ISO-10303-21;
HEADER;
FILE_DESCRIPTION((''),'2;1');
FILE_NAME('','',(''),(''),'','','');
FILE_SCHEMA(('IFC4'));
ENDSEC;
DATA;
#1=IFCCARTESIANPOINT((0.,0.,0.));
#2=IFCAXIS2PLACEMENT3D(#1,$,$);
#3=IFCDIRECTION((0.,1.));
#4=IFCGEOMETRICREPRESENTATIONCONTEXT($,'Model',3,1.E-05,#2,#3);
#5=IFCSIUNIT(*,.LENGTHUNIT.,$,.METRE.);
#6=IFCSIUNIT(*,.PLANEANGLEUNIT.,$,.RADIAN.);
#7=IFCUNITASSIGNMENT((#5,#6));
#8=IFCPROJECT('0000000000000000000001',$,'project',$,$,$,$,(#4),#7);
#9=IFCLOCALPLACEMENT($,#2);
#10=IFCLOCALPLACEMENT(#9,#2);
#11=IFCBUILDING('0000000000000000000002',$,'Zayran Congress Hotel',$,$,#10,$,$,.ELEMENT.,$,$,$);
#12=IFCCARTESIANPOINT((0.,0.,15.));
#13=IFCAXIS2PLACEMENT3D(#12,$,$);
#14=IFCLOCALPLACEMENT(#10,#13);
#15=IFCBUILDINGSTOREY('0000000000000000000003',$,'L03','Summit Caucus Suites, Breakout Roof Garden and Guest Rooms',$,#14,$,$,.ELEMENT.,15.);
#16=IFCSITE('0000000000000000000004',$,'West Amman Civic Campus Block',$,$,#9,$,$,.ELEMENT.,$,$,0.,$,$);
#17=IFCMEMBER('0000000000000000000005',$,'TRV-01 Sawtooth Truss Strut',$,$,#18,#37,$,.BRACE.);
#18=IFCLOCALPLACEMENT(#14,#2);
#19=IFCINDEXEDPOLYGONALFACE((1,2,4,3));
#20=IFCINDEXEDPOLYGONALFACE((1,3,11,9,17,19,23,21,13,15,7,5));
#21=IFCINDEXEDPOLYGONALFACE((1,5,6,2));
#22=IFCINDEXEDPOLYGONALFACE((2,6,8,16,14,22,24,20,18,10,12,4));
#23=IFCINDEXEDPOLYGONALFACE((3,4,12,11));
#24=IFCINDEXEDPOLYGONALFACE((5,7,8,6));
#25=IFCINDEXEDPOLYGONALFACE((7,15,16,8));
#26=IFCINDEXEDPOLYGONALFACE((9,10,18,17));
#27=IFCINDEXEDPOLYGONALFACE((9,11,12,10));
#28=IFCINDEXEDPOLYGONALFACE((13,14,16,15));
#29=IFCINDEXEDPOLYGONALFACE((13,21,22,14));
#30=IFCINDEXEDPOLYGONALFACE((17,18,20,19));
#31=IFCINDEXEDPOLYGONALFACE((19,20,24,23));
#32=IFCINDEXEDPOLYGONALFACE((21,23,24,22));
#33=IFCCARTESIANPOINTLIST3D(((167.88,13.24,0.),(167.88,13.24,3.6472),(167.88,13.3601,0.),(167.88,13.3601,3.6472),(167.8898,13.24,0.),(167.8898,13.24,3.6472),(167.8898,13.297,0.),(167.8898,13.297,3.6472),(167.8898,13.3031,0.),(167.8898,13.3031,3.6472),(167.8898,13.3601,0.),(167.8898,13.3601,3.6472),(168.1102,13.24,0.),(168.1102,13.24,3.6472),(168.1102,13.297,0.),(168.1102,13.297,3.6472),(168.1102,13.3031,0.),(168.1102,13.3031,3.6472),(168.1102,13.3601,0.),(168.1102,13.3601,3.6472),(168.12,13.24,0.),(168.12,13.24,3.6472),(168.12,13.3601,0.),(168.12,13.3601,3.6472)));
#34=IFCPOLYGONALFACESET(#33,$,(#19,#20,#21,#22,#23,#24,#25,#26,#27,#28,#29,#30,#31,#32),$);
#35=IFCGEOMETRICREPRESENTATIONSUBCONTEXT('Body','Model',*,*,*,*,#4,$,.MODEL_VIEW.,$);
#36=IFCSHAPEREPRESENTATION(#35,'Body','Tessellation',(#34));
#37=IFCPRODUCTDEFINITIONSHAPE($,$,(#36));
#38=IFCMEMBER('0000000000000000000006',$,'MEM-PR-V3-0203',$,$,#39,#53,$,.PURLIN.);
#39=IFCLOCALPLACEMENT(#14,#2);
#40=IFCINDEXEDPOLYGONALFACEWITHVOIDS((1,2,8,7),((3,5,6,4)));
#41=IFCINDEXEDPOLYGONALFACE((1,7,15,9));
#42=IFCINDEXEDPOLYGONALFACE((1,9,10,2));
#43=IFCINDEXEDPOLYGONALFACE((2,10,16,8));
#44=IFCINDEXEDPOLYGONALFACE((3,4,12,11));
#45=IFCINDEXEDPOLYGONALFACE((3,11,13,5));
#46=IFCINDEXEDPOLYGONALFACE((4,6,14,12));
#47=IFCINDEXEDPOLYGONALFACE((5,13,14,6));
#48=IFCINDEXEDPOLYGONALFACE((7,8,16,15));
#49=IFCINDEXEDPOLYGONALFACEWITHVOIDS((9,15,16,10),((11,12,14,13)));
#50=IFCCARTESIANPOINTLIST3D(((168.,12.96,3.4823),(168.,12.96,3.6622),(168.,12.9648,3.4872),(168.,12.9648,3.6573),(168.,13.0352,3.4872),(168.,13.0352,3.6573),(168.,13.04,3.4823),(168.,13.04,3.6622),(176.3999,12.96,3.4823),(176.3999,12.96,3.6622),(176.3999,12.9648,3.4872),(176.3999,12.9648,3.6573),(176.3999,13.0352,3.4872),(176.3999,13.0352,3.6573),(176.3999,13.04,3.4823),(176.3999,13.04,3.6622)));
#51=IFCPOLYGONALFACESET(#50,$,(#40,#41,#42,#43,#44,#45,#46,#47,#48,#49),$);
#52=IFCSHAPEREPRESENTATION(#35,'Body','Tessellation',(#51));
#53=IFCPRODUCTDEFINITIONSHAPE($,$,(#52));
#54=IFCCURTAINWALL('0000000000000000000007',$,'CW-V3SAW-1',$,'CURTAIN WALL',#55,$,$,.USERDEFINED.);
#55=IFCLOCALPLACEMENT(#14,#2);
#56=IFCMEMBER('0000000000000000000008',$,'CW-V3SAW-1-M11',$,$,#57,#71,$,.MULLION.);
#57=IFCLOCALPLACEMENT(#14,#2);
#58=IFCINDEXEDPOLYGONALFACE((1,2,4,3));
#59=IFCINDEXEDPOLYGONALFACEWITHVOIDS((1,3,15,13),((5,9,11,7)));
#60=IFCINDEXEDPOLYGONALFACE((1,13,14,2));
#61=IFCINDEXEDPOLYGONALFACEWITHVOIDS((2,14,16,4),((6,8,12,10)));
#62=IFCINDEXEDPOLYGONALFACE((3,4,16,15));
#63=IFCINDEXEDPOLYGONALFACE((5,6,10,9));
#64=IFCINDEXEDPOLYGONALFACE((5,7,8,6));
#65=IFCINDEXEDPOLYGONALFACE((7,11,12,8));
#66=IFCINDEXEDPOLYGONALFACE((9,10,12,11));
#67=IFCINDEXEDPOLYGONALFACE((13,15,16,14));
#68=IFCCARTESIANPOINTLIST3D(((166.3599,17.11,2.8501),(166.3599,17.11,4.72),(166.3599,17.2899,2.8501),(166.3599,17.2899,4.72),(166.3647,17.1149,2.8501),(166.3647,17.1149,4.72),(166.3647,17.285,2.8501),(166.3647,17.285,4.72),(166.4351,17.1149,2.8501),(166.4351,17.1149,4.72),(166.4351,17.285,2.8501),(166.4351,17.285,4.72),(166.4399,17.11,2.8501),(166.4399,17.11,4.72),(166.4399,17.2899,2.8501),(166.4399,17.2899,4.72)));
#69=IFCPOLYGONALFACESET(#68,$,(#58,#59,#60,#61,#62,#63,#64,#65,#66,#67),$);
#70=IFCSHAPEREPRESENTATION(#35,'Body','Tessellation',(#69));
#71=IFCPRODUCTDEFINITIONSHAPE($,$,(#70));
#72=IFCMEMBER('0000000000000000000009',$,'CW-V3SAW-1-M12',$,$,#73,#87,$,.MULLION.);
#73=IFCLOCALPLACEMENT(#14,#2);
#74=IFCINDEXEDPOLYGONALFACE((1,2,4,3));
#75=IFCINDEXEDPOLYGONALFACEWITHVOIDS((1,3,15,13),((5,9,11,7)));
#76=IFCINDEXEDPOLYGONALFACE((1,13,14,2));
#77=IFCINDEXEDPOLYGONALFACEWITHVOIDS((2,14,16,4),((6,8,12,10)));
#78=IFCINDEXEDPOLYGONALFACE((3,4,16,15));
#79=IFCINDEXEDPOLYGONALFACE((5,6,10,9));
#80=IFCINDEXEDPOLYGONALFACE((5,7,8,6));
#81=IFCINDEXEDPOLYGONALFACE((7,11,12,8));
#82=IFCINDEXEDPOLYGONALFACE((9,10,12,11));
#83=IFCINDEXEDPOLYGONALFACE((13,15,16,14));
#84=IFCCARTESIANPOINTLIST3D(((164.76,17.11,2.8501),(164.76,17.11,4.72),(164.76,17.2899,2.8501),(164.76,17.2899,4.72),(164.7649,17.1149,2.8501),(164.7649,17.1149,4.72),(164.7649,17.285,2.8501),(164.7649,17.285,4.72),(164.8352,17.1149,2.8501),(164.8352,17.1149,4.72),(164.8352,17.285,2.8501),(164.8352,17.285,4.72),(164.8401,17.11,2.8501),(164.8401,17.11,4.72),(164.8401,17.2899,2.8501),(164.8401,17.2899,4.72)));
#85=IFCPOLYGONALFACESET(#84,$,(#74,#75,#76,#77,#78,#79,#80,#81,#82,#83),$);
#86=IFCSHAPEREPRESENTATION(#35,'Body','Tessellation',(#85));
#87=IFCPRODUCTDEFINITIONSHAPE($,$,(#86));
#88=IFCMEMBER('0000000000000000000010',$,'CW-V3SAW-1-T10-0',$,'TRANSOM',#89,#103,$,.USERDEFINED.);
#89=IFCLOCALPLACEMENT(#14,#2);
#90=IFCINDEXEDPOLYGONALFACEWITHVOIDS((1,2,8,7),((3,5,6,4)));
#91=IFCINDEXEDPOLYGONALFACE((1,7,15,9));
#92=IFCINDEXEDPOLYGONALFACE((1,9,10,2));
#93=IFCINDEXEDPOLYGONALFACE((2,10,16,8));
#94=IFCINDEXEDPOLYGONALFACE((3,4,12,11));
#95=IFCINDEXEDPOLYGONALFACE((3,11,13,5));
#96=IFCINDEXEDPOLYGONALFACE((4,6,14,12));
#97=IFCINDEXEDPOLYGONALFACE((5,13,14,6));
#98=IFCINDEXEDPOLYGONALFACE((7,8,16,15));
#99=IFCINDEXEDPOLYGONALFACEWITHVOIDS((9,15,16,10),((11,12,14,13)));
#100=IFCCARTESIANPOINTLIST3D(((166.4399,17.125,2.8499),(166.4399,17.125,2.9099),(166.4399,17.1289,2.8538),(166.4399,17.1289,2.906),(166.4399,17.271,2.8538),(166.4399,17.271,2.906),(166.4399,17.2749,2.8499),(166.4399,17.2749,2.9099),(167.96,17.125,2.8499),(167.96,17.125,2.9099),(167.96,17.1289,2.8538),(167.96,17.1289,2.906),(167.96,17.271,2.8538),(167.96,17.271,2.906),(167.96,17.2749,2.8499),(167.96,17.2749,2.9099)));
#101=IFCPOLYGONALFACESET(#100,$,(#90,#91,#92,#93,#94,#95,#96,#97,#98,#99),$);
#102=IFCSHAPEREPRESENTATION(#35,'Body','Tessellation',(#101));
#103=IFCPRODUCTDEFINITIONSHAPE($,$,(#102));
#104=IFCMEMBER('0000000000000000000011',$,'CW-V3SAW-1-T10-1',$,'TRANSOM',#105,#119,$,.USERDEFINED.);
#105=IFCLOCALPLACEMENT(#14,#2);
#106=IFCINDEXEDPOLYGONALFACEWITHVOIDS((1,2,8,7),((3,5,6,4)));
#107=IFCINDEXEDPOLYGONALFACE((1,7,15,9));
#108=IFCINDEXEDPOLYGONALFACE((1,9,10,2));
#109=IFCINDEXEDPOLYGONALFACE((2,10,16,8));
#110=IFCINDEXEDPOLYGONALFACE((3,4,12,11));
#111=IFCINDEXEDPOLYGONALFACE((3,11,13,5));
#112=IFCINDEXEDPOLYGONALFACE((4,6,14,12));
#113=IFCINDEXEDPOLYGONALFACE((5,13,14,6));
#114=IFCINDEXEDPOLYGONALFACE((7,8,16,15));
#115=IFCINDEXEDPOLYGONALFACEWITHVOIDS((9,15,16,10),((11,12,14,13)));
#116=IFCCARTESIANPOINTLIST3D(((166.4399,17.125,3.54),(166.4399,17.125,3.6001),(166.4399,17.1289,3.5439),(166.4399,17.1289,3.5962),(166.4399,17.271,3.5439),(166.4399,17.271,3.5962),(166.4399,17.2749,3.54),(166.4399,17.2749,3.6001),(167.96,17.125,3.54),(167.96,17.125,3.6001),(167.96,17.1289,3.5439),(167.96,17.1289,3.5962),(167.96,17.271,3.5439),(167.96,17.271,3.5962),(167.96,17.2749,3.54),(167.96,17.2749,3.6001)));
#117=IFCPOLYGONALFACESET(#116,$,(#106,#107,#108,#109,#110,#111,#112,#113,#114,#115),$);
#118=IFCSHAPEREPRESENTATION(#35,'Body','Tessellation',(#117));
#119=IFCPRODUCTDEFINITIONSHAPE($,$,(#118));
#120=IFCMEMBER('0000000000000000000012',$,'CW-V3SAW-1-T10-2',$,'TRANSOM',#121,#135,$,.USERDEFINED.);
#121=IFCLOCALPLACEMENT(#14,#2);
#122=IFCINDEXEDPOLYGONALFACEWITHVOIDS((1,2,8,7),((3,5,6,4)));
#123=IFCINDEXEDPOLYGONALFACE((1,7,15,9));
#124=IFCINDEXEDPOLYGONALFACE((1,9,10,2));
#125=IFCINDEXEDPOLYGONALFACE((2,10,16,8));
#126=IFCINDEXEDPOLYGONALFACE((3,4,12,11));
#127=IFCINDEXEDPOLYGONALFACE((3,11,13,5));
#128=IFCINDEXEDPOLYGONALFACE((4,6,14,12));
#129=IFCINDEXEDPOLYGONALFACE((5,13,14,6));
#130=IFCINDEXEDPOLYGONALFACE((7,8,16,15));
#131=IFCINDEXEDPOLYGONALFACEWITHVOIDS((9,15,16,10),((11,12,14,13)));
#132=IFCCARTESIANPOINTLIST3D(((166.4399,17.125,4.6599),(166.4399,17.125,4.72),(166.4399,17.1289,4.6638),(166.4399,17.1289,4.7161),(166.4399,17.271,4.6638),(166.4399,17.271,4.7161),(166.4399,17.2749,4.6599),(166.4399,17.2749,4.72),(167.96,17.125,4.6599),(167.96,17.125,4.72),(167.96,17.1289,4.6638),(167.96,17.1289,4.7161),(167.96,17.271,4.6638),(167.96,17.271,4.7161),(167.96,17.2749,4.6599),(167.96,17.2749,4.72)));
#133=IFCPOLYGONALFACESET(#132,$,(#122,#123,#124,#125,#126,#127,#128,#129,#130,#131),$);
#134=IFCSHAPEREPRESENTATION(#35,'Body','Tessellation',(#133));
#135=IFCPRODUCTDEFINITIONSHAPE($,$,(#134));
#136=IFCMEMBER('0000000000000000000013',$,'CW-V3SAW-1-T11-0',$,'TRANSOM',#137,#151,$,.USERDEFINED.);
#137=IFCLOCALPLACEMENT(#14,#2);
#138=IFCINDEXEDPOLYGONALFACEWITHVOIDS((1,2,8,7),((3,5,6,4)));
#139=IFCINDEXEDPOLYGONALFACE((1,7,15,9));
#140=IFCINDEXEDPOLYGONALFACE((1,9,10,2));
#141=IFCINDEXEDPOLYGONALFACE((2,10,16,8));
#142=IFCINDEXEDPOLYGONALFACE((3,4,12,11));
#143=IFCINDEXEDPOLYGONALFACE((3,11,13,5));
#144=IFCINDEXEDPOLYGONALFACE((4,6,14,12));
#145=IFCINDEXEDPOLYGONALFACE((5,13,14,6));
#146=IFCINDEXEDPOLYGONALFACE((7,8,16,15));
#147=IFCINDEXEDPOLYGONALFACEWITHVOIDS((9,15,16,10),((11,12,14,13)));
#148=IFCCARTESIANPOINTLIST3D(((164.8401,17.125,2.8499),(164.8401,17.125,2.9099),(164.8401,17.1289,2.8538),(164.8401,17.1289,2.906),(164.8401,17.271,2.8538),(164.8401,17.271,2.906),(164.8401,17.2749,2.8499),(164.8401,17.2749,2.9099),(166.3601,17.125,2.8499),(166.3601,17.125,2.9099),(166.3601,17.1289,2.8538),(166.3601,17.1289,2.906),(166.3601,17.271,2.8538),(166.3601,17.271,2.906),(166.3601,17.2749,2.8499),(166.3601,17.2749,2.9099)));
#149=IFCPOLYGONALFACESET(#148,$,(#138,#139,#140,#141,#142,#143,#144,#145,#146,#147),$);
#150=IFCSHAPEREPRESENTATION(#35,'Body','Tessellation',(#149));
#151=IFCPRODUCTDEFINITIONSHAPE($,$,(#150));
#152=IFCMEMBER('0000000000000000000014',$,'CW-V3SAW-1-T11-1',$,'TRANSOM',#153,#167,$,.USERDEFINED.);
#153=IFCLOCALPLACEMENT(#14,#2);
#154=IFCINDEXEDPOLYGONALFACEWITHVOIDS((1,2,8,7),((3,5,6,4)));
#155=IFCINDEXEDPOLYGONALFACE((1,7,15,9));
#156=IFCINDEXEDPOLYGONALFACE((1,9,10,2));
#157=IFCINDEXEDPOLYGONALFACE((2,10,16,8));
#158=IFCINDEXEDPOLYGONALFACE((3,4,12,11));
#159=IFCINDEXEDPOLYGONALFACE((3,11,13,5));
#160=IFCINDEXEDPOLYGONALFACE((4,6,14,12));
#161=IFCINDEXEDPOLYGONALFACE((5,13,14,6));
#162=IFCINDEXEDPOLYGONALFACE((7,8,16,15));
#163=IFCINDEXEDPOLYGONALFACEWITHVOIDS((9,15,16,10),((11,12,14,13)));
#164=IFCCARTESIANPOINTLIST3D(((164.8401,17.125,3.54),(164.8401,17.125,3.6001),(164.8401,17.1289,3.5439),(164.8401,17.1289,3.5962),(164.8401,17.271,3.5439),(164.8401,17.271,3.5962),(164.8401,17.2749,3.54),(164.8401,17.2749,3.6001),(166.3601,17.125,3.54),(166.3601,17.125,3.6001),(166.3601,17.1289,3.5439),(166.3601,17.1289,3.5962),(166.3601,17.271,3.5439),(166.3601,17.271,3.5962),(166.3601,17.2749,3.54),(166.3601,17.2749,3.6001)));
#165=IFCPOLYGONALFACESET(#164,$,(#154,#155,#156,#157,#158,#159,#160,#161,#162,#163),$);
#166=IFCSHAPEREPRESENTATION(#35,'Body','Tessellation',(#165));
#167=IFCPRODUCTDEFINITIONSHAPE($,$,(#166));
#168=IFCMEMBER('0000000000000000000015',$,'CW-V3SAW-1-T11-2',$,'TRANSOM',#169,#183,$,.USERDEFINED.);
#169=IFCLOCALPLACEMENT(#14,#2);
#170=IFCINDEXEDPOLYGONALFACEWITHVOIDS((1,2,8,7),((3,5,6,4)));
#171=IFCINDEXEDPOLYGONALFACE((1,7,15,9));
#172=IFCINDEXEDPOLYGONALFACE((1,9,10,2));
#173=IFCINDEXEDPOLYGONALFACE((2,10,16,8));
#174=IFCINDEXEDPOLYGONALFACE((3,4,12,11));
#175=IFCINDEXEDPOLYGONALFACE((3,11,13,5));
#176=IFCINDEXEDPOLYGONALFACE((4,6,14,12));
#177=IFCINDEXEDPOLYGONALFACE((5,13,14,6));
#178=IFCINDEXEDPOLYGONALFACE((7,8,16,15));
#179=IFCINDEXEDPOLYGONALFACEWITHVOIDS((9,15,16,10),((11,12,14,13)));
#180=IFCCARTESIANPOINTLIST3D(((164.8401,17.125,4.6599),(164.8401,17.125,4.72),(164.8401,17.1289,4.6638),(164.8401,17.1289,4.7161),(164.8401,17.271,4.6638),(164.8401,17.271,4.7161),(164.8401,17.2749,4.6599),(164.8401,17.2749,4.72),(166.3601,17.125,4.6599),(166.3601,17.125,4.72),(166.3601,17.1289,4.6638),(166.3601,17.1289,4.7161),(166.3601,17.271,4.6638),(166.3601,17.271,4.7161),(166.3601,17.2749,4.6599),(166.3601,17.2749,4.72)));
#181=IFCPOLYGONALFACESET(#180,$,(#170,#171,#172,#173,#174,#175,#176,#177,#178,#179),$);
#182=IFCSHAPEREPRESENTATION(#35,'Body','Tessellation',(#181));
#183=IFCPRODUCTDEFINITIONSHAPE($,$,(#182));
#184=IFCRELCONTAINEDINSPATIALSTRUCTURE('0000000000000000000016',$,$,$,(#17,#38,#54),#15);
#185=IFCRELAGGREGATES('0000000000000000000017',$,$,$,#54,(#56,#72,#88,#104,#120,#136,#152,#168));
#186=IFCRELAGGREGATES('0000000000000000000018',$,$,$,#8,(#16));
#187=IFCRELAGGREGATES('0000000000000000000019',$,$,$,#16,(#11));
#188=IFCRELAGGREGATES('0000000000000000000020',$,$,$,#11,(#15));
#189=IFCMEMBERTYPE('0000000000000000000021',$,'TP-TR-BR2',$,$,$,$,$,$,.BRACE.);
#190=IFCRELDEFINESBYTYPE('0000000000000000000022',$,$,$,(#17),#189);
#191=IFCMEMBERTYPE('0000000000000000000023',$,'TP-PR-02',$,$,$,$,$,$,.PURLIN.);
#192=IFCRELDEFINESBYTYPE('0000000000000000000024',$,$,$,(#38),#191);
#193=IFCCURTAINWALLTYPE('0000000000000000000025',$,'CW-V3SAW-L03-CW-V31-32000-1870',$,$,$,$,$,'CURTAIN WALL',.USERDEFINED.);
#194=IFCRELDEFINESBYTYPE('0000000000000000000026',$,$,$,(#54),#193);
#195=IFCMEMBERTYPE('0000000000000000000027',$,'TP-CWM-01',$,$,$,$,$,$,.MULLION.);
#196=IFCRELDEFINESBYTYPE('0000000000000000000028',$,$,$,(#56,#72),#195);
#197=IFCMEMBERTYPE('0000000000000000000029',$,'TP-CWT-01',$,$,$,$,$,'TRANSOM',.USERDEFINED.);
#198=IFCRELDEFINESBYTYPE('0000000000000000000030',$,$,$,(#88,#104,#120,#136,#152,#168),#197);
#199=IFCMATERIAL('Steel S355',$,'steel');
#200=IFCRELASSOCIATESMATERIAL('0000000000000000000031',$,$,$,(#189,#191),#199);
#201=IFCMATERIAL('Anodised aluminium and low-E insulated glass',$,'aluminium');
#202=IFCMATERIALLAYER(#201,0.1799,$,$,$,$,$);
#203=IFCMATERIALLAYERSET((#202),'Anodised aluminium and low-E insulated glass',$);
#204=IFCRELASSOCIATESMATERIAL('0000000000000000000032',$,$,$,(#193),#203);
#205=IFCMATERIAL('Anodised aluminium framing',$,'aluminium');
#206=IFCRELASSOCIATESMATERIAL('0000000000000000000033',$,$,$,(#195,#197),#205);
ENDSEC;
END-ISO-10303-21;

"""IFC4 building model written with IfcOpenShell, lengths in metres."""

from ifc_helpers import new_model, si_unit, direction, frame, origin, origin_2d, place, context, subcontext, project, spatial, hollow_rectangle, i_section, extrude, material, layer, layer_set, material_profile, profile_set, type_object, element, aggregate, save


model = new_model("IFC4")

# Units and contexts
model_context = context("Model", 3, precision=1e-05, world=origin(), true_north=direction((0.0, 1.0)))
body_context = subcontext(model_context, "Body", "Model", "MODEL_VIEW")
ifc_project = project(units=[si_unit("LENGTHUNIT", "METRE"), si_unit("PLANEANGLEUNIT", "RADIAN")], contexts=[model_context])

# Site, building, storey
site_placement = place(None, origin())
site = spatial("IfcSite", under=ifc_project, at=site_placement, Name="West Amman Civic Campus Block", CompositionType="ELEMENT", RefElevation=0.0)
building_placement = place(site_placement, origin())
building = spatial("IfcBuilding", under=site, at=building_placement, Name="Zayran Congress Hotel", CompositionType="ELEMENT")
storey_placement = place(building_placement, frame((0.0, 0.0, 15.0)))
storey = spatial("IfcBuildingStorey", under=building, at=storey_placement, Name="L03", Description="Summit Caucus Suites, Breakout Roof Garden and Guest Rooms", CompositionType="ELEMENT", Elevation=15.0)

# Shared definitions
ifc_material_1 = material(Name="Steel S355", Category="steel")

# Members
ifc_material_profile_1 = material_profile(ifc_material_1, i_section(OverallWidth=0.1201, OverallDepth=0.24, WebThickness=0.0061, FlangeThickness=0.0098, at=origin_2d()), Name="IPE 240")
ifc_profile_set_1 = profile_set([ifc_material_profile_1], Name="Steel S355")
member_type_1 = type_object("IfcMemberType", Name="TP-TR-BR2", PredefinedType="BRACE", material=ifc_profile_set_1)
member_1_placement = place(storey_placement, frame((168.0, 13.3, 0.0), z_axis=(0.0, 0.0, 1.0), x_axis=(0.0, 1.0, 0.0)))
element("IfcMember", 1, at=member_1_placement, inside=storey, type_object=member_type_1, Name="TRV-01 Sawtooth Truss Strut", PredefinedType="BRACE", context=body_context, shape_type="SweptSolid", body=[
    extrude(i_section(OverallWidth=0.1201, OverallDepth=0.24, WebThickness=0.0061, FlangeThickness=0.0098, at=origin_2d()), origin(), (0.0, 0.0, 1.0), 3.6472),
])
ifc_material_profile_2 = material_profile(ifc_material_1, hollow_rectangle(XDim=0.0801, YDim=0.1799, WallThickness=0.0049, at=origin_2d()), Name="RHS 180x80x5")
ifc_profile_set_2 = profile_set([ifc_material_profile_2], Name="Steel S355")
member_type_2 = type_object("IfcMemberType", Name="TP-PR-02", PredefinedType="PURLIN", material=ifc_profile_set_2)
member_2_placement = place(storey_placement, frame((168.0, 13.0, 3.5723), z_axis=(1.0, 0.0, 0.0), x_axis=(0.0, 1.0, 0.0)))
element("IfcMember", 2, at=member_2_placement, inside=storey, type_object=member_type_2, Name="MEM-PR-V3-0203", PredefinedType="PURLIN", context=body_context, shape_type="SweptSolid", body=[
    extrude(hollow_rectangle(XDim=0.0801, YDim=0.1799, WallThickness=0.0049, at=origin_2d()), origin(), (0.0, 0.0, 1.0), 8.3999),
])

# Curtain wall, members
ifc_material_2 = material(Name="Anodised aluminium and low-E insulated glass", Category="aluminium")
ifc_layer_1 = layer(ifc_material_2, 0.1799)
ifc_layer_set_1 = layer_set([ifc_layer_1], Name="Anodised aluminium and low-E insulated glass")
curtain_wall_type = type_object("IfcCurtainWallType", Name="CW-V3SAW-L03-CW-V31-32000-1870", ElementType="CURTAIN WALL", PredefinedType="USERDEFINED", material=ifc_layer_set_1)
curtain_wall_placement = place(storey_placement, origin())
curtain_wall = element("IfcCurtainWall", 3, at=curtain_wall_placement, inside=storey, type_object=curtain_wall_type, Name="CW-V3SAW-1", ObjectType="CURTAIN WALL", PredefinedType="USERDEFINED")
ifc_material_3 = material(Name="Anodised aluminium framing", Category="aluminium")
ifc_material_profile_3 = material_profile(ifc_material_3, hollow_rectangle(XDim=0.0801, YDim=0.1799, WallThickness=0.0049, at=origin_2d()), Name="RHS 180x80x5")
ifc_profile_set_3 = profile_set([ifc_material_profile_3], Name="Anodised aluminium framing")
member_type_3 = type_object("IfcMemberType", Name="TP-CWM-01", PredefinedType="MULLION", material=ifc_profile_set_3)
member_3_placement = place(storey_placement, frame((166.3999, 17.2, 2.8501), z_axis=(0.0, 0.0, 1.0), x_axis=(1.0, 0.0, 0.0)))
member_3 = element("IfcMember", 4, at=member_3_placement, type_object=member_type_3, Name="CW-V3SAW-1-M11", PredefinedType="MULLION", context=body_context, shape_type="SweptSolid", body=[
    extrude(hollow_rectangle(XDim=0.0801, YDim=0.1799, WallThickness=0.0049, at=origin_2d()), origin(), (0.0, 0.0, 1.0), 1.8699),
])
member_4_placement = place(storey_placement, frame((164.8, 17.2, 2.8501), z_axis=(0.0, 0.0, 1.0), x_axis=(1.0, 0.0, 0.0)))
member_4 = element("IfcMember", 5, at=member_4_placement, type_object=member_type_3, Name="CW-V3SAW-1-M12", PredefinedType="MULLION", context=body_context, shape_type="SweptSolid", body=[
    extrude(hollow_rectangle(XDim=0.0801, YDim=0.1799, WallThickness=0.0049, at=origin_2d()), origin(), (0.0, 0.0, 1.0), 1.8699),
])
ifc_material_profile_4 = material_profile(ifc_material_3, hollow_rectangle(XDim=0.0601, YDim=0.1499, WallThickness=0.0039, at=origin_2d()), Name="RHS 150x60x4")
ifc_profile_set_4 = profile_set([ifc_material_profile_4], Name="Anodised aluminium framing")
member_type_4 = type_object("IfcMemberType", Name="TP-CWT-01", ElementType="TRANSOM", PredefinedType="USERDEFINED", material=ifc_profile_set_4)
member_5_placement = place(storey_placement, frame((167.96, 17.2, 2.8799), z_axis=(-1.0, 0.0, 0.0), x_axis=(0.0, 0.0, 1.0)))
member_5 = element("IfcMember", 6, at=member_5_placement, type_object=member_type_4, Name="CW-V3SAW-1-T10-0", ObjectType="TRANSOM", PredefinedType="USERDEFINED", context=body_context, shape_type="SweptSolid", body=[
    extrude(hollow_rectangle(XDim=0.0601, YDim=0.1499, WallThickness=0.0039, at=origin_2d()), origin(), (0.0, 0.0, 1.0), 1.52),
])
member_6_placement = place(storey_placement, frame((167.96, 17.2, 3.5701), z_axis=(-1.0, 0.0, 0.0), x_axis=(0.0, 0.0, 1.0)))
member_6 = element("IfcMember", 7, at=member_6_placement, type_object=member_type_4, Name="CW-V3SAW-1-T10-1", ObjectType="TRANSOM", PredefinedType="USERDEFINED", context=body_context, shape_type="SweptSolid", body=[
    extrude(hollow_rectangle(XDim=0.0601, YDim=0.1499, WallThickness=0.0039, at=origin_2d()), origin(), (0.0, 0.0, 1.0), 1.52),
])
member_7_placement = place(storey_placement, frame((167.96, 17.2, 4.6899), z_axis=(-1.0, 0.0, 0.0), x_axis=(0.0, 0.0, 1.0)))
member_7 = element("IfcMember", 8, at=member_7_placement, type_object=member_type_4, Name="CW-V3SAW-1-T10-2", ObjectType="TRANSOM", PredefinedType="USERDEFINED", context=body_context, shape_type="SweptSolid", body=[
    extrude(hollow_rectangle(XDim=0.0601, YDim=0.1499, WallThickness=0.0039, at=origin_2d()), origin(), (0.0, 0.0, 1.0), 1.52),
])
member_8_placement = place(storey_placement, frame((166.3601, 17.2, 2.8799), z_axis=(-1.0, 0.0, 0.0), x_axis=(0.0, 0.0, 1.0)))
member_8 = element("IfcMember", 9, at=member_8_placement, type_object=member_type_4, Name="CW-V3SAW-1-T11-0", ObjectType="TRANSOM", PredefinedType="USERDEFINED", context=body_context, shape_type="SweptSolid", body=[
    extrude(hollow_rectangle(XDim=0.0601, YDim=0.1499, WallThickness=0.0039, at=origin_2d()), origin(), (0.0, 0.0, 1.0), 1.52),
])
member_9_placement = place(storey_placement, frame((166.3601, 17.2, 3.5701), z_axis=(-1.0, 0.0, 0.0), x_axis=(0.0, 0.0, 1.0)))
member_9 = element("IfcMember", 10, at=member_9_placement, type_object=member_type_4, Name="CW-V3SAW-1-T11-1", ObjectType="TRANSOM", PredefinedType="USERDEFINED", context=body_context, shape_type="SweptSolid", body=[
    extrude(hollow_rectangle(XDim=0.0601, YDim=0.1499, WallThickness=0.0039, at=origin_2d()), origin(), (0.0, 0.0, 1.0), 1.52),
])
member_10_placement = place(storey_placement, frame((166.3601, 17.2, 4.6899), z_axis=(-1.0, 0.0, 0.0), x_axis=(0.0, 0.0, 1.0)))
member_10 = element("IfcMember", 11, at=member_10_placement, type_object=member_type_4, Name="CW-V3SAW-1-T11-2", ObjectType="TRANSOM", PredefinedType="USERDEFINED", context=body_context, shape_type="SweptSolid", body=[
    extrude(hollow_rectangle(XDim=0.0601, YDim=0.1499, WallThickness=0.0039, at=origin_2d()), origin(), (0.0, 0.0, 1.0), 1.52),
])

aggregate(curtain_wall, [member_3, member_4, member_5, member_6, member_7, member_8, member_9, member_10])

save(model, "model.ifc")
